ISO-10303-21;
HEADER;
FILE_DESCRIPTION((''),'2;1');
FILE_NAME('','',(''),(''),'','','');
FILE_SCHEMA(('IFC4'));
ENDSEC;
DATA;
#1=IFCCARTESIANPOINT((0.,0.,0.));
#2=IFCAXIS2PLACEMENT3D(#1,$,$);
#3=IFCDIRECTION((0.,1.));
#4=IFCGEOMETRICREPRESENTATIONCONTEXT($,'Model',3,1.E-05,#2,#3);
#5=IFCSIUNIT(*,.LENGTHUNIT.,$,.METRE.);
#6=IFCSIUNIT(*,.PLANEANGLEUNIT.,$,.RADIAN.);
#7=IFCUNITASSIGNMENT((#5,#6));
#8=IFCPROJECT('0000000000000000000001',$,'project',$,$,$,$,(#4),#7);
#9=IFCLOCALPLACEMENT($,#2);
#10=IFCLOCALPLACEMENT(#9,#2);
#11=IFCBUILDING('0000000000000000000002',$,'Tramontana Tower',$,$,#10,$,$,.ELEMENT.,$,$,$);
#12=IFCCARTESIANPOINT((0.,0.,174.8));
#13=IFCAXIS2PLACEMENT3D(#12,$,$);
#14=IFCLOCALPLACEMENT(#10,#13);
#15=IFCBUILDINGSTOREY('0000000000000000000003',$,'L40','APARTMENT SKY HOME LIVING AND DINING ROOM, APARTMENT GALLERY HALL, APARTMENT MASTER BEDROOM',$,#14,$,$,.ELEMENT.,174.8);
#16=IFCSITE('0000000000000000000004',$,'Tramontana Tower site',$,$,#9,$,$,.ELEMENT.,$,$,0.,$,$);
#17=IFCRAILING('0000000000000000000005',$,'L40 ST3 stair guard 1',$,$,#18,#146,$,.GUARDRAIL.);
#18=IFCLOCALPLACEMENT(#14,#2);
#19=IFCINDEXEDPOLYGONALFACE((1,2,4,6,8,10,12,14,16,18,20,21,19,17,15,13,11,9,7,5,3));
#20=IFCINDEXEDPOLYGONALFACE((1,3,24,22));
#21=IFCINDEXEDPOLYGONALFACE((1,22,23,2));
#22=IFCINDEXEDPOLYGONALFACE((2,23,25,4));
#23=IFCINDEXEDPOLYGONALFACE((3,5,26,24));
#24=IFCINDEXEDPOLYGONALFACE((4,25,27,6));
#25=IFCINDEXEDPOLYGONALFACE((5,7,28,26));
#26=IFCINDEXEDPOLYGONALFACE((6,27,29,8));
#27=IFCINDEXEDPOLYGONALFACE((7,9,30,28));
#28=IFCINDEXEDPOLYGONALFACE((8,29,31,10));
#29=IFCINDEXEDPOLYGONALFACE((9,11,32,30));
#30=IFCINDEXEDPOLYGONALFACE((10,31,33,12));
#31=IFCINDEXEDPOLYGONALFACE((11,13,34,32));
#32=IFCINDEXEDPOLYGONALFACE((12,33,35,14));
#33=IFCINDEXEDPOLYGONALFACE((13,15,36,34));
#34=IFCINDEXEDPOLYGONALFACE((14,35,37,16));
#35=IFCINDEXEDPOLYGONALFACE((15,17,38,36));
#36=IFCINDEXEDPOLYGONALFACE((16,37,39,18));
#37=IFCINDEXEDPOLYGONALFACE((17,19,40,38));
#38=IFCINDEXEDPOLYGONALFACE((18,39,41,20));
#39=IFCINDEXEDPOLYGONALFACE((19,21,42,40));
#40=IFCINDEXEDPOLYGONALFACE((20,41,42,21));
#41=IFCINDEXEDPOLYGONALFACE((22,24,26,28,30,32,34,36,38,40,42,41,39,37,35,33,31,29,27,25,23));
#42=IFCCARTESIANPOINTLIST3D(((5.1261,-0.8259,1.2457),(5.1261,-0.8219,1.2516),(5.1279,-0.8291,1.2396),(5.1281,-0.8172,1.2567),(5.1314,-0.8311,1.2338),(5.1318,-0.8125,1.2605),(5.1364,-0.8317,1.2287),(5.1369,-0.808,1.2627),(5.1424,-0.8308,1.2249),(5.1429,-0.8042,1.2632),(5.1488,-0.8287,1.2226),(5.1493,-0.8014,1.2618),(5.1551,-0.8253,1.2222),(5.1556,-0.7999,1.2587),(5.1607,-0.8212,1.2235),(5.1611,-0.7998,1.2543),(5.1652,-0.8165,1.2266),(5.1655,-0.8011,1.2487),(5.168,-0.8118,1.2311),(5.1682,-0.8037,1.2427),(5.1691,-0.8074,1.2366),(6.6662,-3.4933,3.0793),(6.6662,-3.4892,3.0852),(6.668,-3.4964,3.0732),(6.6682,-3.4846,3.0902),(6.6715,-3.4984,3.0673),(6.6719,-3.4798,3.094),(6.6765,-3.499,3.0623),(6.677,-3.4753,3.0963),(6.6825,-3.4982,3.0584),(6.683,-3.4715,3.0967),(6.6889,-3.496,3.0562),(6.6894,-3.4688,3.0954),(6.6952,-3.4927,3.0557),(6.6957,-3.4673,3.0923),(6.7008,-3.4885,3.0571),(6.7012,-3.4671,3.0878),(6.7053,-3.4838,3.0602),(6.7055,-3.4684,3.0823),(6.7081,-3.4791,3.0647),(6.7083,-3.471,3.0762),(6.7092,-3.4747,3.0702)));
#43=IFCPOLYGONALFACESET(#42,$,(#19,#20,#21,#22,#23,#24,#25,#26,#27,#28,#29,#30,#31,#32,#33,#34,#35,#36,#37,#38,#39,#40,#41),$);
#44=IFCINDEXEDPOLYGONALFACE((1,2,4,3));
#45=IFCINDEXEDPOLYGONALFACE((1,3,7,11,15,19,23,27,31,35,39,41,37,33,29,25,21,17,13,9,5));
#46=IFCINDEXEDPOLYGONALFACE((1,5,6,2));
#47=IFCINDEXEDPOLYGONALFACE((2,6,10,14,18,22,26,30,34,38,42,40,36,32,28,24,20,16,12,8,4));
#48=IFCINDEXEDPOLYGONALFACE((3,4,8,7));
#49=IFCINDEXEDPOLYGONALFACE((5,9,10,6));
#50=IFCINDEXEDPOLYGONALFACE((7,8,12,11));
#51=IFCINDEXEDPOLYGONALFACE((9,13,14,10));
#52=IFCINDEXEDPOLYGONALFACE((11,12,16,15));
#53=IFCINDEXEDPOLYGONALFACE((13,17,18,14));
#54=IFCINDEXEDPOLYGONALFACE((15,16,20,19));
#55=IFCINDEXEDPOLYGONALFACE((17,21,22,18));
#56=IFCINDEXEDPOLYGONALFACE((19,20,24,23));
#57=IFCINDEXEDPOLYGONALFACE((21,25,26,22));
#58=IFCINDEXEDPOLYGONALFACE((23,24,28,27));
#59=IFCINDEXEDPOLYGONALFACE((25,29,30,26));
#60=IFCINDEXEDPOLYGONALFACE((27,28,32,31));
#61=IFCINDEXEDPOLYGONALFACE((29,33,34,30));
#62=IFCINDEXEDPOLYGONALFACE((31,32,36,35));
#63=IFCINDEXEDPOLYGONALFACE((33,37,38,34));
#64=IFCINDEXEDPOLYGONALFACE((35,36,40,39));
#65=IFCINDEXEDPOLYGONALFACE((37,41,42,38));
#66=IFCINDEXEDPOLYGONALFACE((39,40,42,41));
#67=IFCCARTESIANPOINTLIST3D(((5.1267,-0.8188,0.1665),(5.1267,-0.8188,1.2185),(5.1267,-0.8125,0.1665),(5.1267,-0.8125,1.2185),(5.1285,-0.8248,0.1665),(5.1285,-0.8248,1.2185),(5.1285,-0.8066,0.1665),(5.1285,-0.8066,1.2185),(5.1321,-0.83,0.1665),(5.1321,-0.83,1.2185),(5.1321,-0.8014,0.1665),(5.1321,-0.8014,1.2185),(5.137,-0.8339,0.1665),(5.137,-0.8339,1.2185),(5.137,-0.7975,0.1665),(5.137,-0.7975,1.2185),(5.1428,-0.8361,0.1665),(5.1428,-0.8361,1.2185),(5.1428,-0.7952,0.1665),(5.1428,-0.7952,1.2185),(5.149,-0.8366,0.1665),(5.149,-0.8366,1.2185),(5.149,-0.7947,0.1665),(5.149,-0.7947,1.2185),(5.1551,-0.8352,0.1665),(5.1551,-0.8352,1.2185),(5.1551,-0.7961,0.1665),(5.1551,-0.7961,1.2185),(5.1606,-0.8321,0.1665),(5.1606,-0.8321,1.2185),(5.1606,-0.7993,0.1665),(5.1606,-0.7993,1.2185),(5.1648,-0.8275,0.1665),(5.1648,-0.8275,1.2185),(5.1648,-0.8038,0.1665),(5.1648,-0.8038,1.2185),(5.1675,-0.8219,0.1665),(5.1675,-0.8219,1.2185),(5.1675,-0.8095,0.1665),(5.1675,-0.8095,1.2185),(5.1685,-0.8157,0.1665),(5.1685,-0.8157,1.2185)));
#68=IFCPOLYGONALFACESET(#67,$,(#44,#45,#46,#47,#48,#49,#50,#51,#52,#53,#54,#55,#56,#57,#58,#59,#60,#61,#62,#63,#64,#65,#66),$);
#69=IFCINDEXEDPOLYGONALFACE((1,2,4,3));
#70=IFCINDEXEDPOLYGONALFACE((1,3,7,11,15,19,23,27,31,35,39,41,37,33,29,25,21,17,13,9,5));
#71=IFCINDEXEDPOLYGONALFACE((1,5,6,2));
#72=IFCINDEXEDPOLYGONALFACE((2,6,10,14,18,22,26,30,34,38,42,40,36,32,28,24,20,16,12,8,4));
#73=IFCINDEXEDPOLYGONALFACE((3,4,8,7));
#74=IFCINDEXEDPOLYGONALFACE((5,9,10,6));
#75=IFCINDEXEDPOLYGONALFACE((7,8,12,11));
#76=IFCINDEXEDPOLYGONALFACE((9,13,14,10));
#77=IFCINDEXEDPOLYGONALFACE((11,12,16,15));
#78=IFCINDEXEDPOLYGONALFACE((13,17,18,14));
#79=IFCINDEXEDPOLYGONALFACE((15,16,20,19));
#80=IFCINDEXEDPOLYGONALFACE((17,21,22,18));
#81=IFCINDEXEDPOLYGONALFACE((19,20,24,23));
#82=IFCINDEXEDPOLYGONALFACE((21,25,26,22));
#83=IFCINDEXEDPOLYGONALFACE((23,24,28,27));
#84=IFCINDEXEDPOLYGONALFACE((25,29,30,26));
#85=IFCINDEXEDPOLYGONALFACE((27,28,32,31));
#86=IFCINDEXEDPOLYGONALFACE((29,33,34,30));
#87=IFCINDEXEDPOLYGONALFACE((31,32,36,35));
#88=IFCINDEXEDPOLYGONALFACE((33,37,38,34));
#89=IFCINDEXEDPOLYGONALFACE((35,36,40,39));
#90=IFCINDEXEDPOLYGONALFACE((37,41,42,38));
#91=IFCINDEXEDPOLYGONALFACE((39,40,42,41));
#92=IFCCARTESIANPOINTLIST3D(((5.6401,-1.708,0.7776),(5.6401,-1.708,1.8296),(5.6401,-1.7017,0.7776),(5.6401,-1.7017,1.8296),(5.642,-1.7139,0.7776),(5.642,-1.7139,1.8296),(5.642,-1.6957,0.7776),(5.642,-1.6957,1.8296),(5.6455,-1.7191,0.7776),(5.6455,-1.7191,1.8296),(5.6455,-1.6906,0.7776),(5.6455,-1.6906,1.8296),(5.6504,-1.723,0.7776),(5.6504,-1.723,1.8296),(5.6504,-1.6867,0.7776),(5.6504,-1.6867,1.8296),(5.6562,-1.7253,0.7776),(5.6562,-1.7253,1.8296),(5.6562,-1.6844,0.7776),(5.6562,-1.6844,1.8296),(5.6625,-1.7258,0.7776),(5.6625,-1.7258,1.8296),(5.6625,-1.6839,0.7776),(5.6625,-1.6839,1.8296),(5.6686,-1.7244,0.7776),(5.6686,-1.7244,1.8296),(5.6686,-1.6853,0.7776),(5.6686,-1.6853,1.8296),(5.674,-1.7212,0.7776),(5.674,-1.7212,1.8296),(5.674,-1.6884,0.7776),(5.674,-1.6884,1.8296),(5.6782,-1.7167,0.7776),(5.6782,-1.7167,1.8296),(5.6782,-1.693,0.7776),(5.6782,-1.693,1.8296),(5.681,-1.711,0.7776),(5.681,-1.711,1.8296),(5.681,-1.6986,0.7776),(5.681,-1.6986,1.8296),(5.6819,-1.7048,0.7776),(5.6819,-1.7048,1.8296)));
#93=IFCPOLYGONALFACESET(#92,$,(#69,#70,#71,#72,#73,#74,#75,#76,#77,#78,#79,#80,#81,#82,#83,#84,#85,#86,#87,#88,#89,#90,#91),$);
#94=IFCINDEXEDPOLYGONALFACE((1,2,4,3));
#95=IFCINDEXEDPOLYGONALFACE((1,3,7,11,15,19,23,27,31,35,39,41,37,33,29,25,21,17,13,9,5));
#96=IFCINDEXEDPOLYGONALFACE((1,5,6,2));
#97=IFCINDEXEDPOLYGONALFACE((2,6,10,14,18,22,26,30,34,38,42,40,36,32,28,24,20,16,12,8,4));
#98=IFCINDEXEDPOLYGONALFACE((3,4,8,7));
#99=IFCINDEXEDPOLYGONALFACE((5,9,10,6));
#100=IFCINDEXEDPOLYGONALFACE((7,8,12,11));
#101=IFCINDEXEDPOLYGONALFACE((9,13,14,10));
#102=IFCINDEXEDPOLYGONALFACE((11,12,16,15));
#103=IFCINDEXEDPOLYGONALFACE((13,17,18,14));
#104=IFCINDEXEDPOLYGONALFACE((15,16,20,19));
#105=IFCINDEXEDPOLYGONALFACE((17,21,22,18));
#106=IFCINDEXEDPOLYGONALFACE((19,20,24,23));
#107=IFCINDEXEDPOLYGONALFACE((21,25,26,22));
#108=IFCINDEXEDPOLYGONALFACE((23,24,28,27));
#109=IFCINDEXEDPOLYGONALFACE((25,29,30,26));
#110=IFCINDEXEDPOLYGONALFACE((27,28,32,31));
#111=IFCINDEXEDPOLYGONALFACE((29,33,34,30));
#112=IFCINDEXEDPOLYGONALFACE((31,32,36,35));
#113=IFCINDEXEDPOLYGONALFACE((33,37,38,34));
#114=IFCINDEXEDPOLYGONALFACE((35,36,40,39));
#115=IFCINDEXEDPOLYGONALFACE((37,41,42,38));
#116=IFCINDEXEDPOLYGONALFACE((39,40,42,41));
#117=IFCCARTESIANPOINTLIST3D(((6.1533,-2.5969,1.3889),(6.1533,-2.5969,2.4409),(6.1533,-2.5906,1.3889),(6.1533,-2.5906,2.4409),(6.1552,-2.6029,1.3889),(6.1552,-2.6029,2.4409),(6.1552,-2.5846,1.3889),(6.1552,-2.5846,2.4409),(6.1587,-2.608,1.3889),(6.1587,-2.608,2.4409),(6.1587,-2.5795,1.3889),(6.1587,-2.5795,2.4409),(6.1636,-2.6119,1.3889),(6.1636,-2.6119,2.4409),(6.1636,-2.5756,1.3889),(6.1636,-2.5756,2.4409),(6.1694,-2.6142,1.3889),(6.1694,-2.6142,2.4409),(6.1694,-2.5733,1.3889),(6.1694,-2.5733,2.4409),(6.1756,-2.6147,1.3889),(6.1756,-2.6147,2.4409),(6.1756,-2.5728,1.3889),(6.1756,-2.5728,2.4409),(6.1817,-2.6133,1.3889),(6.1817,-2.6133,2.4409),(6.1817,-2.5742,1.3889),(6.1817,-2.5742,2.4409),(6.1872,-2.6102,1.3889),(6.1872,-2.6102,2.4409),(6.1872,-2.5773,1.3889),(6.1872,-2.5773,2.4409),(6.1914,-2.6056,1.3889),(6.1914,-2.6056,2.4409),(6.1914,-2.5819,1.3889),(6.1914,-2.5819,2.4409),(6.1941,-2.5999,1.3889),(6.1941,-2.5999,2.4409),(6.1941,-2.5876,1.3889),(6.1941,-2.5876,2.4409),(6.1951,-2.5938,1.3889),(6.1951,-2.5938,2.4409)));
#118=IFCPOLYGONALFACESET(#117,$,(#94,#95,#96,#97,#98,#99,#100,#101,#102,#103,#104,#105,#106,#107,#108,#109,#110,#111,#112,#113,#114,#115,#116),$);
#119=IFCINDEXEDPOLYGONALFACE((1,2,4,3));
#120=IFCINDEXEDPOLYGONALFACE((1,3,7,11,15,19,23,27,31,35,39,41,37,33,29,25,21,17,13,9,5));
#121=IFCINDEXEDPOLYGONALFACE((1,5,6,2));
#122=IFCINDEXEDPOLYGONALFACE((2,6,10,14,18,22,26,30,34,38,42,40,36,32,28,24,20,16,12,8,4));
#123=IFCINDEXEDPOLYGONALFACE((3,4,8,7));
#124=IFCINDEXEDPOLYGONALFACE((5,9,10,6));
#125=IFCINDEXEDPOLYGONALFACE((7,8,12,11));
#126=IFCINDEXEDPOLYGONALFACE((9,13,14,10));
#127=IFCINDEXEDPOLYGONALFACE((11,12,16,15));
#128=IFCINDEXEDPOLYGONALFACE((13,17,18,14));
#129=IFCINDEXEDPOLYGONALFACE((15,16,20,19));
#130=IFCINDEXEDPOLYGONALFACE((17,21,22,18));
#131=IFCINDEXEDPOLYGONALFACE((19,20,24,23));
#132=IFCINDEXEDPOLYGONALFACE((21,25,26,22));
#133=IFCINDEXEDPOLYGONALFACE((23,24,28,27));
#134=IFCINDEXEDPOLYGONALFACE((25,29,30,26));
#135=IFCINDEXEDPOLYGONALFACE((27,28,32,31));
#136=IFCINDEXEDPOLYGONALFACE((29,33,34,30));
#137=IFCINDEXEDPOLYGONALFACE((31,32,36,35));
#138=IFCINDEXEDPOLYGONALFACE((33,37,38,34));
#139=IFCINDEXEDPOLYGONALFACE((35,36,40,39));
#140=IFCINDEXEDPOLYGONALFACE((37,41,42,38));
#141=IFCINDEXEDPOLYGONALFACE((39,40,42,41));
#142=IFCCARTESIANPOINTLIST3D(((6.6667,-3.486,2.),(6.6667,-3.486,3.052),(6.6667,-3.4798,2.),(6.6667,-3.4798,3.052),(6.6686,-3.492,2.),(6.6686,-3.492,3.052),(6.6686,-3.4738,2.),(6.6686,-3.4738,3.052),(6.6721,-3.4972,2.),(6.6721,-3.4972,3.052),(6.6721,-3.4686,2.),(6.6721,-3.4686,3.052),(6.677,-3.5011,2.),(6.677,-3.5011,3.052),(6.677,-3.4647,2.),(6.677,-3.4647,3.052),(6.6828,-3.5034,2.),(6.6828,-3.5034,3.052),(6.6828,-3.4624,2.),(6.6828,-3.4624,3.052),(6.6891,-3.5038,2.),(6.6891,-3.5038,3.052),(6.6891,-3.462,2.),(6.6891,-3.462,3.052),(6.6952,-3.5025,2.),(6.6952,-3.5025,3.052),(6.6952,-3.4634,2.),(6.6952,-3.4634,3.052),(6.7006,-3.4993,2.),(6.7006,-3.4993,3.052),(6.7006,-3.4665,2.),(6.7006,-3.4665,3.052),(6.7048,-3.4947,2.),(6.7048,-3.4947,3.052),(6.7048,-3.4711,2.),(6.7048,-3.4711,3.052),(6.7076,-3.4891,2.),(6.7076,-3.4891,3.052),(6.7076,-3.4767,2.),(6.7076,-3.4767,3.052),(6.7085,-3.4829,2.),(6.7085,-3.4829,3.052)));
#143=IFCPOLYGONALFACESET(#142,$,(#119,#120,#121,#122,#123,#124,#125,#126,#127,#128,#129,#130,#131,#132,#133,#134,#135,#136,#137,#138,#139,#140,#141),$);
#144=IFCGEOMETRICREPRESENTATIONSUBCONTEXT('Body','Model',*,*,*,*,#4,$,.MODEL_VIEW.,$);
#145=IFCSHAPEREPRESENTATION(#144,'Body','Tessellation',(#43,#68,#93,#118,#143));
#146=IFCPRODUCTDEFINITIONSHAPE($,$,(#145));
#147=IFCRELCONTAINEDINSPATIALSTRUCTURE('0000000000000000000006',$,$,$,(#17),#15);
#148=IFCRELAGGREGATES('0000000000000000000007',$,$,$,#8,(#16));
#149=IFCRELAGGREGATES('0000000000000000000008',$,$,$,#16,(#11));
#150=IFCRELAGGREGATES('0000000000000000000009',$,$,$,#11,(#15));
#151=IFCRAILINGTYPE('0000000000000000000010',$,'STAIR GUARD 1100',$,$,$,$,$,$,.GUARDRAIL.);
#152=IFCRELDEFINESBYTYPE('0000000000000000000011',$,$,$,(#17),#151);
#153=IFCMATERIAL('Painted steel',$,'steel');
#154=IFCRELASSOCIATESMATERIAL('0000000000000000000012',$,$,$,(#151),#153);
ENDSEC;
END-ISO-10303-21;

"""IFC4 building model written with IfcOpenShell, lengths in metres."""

from ifc_helpers import new_model, si_unit, direction, frame, origin, origin_2d, place, context, subcontext, project, spatial, circle, extrude, material, type_object, element, save


model = new_model("IFC4")

# Units and contexts
model_context = context("Model", 3, precision=1e-05, world=origin(), true_north=direction((0.0, 1.0)))
body_context = subcontext(model_context, "Body", "Model", "MODEL_VIEW")
ifc_project = project(units=[si_unit("LENGTHUNIT", "METRE"), si_unit("PLANEANGLEUNIT", "RADIAN")], contexts=[model_context])

# Site, building, storey
site_placement = place(None, origin())
site = spatial("IfcSite", under=ifc_project, at=site_placement, Name="Tramontana Tower site", CompositionType="ELEMENT", RefElevation=0.0)
building_placement = place(site_placement, origin())
building = spatial("IfcBuilding", under=site, at=building_placement, Name="Tramontana Tower", CompositionType="ELEMENT")
storey_placement = place(building_placement, frame((0.0, 0.0, 174.8)))
storey = spatial("IfcBuildingStorey", under=building, at=storey_placement, Name="L40", Description="APARTMENT SKY HOME LIVING AND DINING ROOM, APARTMENT GALLERY HALL, APARTMENT MASTER BEDROOM", CompositionType="ELEMENT", Elevation=174.8)

# Railing
ifc_material_1 = material(Name="Painted steel", Category="steel")
railing_type_1 = type_object("IfcRailingType", Name="STAIR GUARD 1100", PredefinedType="GUARDRAIL", material=ifc_material_1)
railing_1_placement = place(storey_placement, frame((5.1475, -0.8157, 0.1665)))
element("IfcRailing", 1, at=railing_1_placement, inside=storey, type_object=railing_type_1, Name="L40 ST3 stair guard 1", PredefinedType="GUARDRAIL", context=body_context, shape_type="SweptSolid", body=[
    extrude(circle(Radius=0.0239, at=origin_2d()), frame((0.0, 0.0, 1.0762), z_axis=(0.429656, -0.744134, 0.511528), x_axis=(0.86601, 0.500027, 0.0)), (0.0, 0.0, 1.0), 3.5845),
    extrude(circle(Radius=0.021, at=origin_2d()), origin(), (0.0, 0.0, 1.0), 1.052),
    extrude(circle(Radius=0.021, at=origin_2d()), frame((0.5134, -0.8892, 0.6111)), (0.0, 0.0, 1.0), 1.052),
    extrude(circle(Radius=0.021, at=origin_2d()), frame((1.0266, -1.7781, 1.2224)), (0.0, 0.0, 1.0), 1.052),
    extrude(circle(Radius=0.021, at=origin_2d()), frame((1.54, -2.6672, 1.8335)), (0.0, 0.0, 1.0), 1.052),
])

save(model, "model.ifc")
